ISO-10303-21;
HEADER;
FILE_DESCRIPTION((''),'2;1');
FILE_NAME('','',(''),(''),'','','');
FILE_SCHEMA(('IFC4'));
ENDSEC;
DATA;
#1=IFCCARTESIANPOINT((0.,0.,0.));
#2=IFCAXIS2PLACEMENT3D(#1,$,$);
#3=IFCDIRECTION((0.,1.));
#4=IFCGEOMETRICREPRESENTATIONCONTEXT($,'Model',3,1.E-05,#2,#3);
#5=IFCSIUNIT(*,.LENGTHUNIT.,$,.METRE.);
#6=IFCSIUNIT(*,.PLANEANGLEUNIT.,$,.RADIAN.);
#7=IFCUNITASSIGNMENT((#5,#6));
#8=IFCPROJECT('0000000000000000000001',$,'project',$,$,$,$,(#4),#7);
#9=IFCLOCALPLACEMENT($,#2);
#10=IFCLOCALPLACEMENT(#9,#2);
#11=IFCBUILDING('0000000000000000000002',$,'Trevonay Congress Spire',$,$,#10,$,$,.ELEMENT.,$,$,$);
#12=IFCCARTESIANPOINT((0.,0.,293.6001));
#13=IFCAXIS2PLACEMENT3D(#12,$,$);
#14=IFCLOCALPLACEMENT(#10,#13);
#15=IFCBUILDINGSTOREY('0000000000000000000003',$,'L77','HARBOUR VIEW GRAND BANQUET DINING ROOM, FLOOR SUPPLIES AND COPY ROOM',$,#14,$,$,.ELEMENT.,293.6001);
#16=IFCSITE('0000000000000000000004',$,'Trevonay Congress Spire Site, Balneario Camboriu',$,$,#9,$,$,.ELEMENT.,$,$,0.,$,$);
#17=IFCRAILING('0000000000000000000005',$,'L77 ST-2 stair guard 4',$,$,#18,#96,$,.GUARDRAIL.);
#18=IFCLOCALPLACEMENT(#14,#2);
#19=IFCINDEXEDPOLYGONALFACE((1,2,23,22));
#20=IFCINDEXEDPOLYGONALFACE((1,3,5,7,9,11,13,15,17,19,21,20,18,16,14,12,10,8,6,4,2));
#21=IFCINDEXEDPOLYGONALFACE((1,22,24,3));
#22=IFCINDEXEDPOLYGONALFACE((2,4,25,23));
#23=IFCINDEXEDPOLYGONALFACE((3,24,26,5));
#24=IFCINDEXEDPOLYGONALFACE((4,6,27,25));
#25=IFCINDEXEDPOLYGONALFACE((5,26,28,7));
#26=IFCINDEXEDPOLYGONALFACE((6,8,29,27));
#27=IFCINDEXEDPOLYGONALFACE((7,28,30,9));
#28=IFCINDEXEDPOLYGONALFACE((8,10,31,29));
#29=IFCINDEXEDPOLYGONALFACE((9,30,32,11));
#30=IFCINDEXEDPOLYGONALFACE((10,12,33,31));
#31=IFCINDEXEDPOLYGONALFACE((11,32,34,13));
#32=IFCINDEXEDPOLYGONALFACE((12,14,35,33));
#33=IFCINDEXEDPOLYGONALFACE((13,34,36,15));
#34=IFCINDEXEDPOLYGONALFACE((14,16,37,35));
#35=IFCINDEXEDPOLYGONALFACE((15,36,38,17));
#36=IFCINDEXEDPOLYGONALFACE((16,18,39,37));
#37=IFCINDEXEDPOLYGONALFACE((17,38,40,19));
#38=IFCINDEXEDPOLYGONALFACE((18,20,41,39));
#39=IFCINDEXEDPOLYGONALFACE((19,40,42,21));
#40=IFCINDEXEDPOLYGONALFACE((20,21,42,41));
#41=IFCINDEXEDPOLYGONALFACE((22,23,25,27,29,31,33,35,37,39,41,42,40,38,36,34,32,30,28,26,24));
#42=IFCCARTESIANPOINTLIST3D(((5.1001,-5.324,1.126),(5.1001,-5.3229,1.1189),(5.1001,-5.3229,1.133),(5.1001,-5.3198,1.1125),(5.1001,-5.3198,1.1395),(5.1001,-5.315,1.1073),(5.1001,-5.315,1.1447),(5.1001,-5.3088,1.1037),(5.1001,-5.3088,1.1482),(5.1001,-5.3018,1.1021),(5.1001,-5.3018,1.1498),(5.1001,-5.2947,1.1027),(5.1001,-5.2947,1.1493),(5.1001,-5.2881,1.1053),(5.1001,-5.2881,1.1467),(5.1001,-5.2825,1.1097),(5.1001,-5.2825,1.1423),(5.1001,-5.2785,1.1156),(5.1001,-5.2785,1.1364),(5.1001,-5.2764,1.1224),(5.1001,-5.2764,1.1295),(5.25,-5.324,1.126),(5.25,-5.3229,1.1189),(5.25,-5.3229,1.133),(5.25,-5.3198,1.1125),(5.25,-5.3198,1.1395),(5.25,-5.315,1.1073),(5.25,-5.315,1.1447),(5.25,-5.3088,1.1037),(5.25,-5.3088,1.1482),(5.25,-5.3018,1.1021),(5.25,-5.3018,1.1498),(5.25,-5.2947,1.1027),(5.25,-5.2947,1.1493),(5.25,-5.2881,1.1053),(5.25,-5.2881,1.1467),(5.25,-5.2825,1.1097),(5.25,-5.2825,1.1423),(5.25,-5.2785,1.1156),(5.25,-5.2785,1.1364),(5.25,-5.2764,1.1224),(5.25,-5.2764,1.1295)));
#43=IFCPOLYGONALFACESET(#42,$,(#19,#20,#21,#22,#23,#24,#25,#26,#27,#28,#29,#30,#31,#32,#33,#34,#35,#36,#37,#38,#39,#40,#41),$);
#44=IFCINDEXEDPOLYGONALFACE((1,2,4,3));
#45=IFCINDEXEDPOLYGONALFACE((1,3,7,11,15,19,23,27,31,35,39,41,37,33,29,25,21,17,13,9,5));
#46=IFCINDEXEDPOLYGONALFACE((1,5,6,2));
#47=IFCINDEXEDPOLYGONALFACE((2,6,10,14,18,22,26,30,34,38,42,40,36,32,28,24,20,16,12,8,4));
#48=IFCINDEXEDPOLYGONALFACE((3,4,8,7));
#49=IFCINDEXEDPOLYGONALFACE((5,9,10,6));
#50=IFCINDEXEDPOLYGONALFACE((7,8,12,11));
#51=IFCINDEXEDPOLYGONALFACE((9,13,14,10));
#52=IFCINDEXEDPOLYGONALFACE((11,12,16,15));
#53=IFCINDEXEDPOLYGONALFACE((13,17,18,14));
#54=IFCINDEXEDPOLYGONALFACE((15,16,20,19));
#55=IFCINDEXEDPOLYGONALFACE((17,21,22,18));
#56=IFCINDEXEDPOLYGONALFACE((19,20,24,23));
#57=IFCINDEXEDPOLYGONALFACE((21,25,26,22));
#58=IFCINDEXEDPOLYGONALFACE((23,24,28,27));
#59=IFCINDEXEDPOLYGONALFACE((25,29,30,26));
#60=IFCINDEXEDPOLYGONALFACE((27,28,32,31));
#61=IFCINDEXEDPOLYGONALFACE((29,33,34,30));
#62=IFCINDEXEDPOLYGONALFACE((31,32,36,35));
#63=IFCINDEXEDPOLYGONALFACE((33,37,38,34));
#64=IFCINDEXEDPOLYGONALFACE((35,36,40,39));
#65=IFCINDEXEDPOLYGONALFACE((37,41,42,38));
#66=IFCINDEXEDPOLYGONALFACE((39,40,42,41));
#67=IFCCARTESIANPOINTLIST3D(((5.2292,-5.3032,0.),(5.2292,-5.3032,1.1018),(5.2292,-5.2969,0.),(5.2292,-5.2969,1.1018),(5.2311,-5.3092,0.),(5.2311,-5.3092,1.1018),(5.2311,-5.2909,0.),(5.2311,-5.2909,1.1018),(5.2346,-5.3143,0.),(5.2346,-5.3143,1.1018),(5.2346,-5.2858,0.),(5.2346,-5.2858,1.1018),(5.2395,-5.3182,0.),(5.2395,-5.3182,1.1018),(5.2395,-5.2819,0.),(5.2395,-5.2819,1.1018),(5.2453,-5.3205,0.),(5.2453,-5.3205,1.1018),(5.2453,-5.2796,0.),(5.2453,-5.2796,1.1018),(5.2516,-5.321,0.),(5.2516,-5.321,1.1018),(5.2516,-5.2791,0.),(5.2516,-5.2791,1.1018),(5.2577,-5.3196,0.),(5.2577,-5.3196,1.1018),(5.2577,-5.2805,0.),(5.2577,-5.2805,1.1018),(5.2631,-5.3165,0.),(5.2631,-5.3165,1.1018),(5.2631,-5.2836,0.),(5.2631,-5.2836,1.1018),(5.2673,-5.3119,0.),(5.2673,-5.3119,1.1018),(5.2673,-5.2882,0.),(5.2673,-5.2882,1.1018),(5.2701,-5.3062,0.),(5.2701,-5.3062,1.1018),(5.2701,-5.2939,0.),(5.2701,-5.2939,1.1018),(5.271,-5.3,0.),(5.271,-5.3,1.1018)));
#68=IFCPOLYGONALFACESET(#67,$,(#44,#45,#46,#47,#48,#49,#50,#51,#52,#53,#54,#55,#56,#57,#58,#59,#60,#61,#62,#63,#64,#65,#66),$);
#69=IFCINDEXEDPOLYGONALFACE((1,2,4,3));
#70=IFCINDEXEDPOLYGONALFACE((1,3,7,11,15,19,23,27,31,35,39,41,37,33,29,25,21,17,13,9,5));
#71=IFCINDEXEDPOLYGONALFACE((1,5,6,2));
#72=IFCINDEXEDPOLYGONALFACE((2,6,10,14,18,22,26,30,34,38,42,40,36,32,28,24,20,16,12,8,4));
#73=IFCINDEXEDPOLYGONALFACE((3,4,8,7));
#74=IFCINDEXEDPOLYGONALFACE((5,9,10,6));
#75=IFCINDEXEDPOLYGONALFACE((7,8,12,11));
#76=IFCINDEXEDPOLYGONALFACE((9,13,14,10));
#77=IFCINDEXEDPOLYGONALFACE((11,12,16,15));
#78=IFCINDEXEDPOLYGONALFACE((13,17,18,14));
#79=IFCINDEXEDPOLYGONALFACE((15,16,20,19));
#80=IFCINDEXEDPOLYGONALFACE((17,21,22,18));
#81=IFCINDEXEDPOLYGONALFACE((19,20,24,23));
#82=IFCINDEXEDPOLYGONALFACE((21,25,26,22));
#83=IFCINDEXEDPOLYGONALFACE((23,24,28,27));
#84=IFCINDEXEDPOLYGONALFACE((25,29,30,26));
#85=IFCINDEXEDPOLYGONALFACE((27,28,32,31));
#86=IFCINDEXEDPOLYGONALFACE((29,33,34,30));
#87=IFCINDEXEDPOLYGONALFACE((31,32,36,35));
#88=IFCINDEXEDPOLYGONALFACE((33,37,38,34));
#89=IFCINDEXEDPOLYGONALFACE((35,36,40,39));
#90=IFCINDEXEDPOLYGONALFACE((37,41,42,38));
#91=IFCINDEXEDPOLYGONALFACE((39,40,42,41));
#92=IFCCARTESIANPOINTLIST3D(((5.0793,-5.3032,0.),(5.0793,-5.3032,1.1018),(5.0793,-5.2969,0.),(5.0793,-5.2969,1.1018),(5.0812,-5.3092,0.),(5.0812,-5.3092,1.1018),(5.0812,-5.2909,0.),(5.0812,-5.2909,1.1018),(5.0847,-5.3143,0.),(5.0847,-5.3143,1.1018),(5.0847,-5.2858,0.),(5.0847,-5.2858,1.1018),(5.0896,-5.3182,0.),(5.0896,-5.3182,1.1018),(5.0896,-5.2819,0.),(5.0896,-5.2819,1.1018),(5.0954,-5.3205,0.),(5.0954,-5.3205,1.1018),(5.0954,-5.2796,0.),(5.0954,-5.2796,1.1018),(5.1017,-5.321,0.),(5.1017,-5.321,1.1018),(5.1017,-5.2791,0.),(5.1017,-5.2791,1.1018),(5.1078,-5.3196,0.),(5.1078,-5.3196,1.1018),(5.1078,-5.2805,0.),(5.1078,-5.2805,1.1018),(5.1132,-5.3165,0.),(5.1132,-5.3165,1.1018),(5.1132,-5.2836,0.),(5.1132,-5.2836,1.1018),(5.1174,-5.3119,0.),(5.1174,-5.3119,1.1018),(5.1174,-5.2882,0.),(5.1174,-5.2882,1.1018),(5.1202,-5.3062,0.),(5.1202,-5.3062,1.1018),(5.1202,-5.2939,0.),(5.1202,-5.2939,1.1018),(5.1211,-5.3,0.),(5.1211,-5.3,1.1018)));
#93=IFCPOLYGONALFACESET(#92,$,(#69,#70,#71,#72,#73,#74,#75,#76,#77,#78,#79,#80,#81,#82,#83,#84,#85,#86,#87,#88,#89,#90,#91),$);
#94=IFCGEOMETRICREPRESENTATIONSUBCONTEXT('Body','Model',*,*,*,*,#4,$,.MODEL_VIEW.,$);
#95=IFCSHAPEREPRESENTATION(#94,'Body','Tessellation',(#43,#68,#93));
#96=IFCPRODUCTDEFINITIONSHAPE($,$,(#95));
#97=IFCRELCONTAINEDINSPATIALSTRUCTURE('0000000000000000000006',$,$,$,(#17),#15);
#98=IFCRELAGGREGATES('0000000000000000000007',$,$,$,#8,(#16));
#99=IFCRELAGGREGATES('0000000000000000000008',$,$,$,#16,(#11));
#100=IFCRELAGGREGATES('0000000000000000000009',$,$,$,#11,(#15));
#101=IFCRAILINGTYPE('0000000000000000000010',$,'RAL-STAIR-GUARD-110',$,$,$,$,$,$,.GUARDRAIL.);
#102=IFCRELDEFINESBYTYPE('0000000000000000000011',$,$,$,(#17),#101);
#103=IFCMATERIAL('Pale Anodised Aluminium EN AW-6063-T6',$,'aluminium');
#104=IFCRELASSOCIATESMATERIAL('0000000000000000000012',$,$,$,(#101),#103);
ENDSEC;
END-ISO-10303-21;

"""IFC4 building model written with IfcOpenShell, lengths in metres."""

from ifc_helpers import new_model, si_unit, direction, frame, origin, origin_2d, place, context, subcontext, project, spatial, circle, extrude, material, type_object, element, save


model = new_model("IFC4")

# Units and contexts
model_context = context("Model", 3, precision=1e-05, world=origin(), true_north=direction((0.0, 1.0)))
body_context = subcontext(model_context, "Body", "Model", "MODEL_VIEW")
ifc_project = project(units=[si_unit("LENGTHUNIT", "METRE"), si_unit("PLANEANGLEUNIT", "RADIAN")], contexts=[model_context])

# Site, building, storey
site_placement = place(None, origin())
site = spatial("IfcSite", under=ifc_project, at=site_placement, Name="Trevonay Congress Spire Site, Balneario Camboriu", CompositionType="ELEMENT", RefElevation=0.0)
building_placement = place(site_placement, origin())
building = spatial("IfcBuilding", under=site, at=building_placement, Name="Trevonay Congress Spire", CompositionType="ELEMENT")
storey_placement = place(building_placement, frame((0.0, 0.0, 293.6001)))
storey = spatial("IfcBuildingStorey", under=building, at=storey_placement, Name="L77", Description="HARBOUR VIEW GRAND BANQUET DINING ROOM, FLOOR SUPPLIES AND COPY ROOM", CompositionType="ELEMENT", Elevation=293.6001)

# Shared definitions
ifc_material_1 = material(Name="Pale Anodised Aluminium EN AW-6063-T6", Category="aluminium")

# Railing
railing_type_1 = type_object("IfcRailingType", Name="RAL-STAIR-GUARD-110", PredefinedType="GUARDRAIL", material=ifc_material_1)
railing_1_placement = place(storey_placement, frame((5.25, -5.3, 0.0)))
element("IfcRailing", 1, at=railing_1_placement, inside=storey, type_object=railing_type_1, Name="L77 ST-2 stair guard 4", PredefinedType="GUARDRAIL", context=body_context, shape_type="SweptSolid", body=[
    extrude(circle(Radius=0.0239, at=origin_2d()), frame((0.0, 0.0, 1.126), z_axis=(-1.0, 0.0, 0.0), x_axis=(0.0, -1.0, 0.0)), (0.0, 0.0, 1.0), 0.1499),
    extrude(circle(Radius=0.021, at=origin_2d()), origin(), (0.0, 0.0, 1.0), 1.1018),
    extrude(circle(Radius=0.021, at=origin_2d()), frame((-0.1499, 0.0, 0.0)), (0.0, 0.0, 1.0), 1.1018),
])

save(model, "model.ifc")
